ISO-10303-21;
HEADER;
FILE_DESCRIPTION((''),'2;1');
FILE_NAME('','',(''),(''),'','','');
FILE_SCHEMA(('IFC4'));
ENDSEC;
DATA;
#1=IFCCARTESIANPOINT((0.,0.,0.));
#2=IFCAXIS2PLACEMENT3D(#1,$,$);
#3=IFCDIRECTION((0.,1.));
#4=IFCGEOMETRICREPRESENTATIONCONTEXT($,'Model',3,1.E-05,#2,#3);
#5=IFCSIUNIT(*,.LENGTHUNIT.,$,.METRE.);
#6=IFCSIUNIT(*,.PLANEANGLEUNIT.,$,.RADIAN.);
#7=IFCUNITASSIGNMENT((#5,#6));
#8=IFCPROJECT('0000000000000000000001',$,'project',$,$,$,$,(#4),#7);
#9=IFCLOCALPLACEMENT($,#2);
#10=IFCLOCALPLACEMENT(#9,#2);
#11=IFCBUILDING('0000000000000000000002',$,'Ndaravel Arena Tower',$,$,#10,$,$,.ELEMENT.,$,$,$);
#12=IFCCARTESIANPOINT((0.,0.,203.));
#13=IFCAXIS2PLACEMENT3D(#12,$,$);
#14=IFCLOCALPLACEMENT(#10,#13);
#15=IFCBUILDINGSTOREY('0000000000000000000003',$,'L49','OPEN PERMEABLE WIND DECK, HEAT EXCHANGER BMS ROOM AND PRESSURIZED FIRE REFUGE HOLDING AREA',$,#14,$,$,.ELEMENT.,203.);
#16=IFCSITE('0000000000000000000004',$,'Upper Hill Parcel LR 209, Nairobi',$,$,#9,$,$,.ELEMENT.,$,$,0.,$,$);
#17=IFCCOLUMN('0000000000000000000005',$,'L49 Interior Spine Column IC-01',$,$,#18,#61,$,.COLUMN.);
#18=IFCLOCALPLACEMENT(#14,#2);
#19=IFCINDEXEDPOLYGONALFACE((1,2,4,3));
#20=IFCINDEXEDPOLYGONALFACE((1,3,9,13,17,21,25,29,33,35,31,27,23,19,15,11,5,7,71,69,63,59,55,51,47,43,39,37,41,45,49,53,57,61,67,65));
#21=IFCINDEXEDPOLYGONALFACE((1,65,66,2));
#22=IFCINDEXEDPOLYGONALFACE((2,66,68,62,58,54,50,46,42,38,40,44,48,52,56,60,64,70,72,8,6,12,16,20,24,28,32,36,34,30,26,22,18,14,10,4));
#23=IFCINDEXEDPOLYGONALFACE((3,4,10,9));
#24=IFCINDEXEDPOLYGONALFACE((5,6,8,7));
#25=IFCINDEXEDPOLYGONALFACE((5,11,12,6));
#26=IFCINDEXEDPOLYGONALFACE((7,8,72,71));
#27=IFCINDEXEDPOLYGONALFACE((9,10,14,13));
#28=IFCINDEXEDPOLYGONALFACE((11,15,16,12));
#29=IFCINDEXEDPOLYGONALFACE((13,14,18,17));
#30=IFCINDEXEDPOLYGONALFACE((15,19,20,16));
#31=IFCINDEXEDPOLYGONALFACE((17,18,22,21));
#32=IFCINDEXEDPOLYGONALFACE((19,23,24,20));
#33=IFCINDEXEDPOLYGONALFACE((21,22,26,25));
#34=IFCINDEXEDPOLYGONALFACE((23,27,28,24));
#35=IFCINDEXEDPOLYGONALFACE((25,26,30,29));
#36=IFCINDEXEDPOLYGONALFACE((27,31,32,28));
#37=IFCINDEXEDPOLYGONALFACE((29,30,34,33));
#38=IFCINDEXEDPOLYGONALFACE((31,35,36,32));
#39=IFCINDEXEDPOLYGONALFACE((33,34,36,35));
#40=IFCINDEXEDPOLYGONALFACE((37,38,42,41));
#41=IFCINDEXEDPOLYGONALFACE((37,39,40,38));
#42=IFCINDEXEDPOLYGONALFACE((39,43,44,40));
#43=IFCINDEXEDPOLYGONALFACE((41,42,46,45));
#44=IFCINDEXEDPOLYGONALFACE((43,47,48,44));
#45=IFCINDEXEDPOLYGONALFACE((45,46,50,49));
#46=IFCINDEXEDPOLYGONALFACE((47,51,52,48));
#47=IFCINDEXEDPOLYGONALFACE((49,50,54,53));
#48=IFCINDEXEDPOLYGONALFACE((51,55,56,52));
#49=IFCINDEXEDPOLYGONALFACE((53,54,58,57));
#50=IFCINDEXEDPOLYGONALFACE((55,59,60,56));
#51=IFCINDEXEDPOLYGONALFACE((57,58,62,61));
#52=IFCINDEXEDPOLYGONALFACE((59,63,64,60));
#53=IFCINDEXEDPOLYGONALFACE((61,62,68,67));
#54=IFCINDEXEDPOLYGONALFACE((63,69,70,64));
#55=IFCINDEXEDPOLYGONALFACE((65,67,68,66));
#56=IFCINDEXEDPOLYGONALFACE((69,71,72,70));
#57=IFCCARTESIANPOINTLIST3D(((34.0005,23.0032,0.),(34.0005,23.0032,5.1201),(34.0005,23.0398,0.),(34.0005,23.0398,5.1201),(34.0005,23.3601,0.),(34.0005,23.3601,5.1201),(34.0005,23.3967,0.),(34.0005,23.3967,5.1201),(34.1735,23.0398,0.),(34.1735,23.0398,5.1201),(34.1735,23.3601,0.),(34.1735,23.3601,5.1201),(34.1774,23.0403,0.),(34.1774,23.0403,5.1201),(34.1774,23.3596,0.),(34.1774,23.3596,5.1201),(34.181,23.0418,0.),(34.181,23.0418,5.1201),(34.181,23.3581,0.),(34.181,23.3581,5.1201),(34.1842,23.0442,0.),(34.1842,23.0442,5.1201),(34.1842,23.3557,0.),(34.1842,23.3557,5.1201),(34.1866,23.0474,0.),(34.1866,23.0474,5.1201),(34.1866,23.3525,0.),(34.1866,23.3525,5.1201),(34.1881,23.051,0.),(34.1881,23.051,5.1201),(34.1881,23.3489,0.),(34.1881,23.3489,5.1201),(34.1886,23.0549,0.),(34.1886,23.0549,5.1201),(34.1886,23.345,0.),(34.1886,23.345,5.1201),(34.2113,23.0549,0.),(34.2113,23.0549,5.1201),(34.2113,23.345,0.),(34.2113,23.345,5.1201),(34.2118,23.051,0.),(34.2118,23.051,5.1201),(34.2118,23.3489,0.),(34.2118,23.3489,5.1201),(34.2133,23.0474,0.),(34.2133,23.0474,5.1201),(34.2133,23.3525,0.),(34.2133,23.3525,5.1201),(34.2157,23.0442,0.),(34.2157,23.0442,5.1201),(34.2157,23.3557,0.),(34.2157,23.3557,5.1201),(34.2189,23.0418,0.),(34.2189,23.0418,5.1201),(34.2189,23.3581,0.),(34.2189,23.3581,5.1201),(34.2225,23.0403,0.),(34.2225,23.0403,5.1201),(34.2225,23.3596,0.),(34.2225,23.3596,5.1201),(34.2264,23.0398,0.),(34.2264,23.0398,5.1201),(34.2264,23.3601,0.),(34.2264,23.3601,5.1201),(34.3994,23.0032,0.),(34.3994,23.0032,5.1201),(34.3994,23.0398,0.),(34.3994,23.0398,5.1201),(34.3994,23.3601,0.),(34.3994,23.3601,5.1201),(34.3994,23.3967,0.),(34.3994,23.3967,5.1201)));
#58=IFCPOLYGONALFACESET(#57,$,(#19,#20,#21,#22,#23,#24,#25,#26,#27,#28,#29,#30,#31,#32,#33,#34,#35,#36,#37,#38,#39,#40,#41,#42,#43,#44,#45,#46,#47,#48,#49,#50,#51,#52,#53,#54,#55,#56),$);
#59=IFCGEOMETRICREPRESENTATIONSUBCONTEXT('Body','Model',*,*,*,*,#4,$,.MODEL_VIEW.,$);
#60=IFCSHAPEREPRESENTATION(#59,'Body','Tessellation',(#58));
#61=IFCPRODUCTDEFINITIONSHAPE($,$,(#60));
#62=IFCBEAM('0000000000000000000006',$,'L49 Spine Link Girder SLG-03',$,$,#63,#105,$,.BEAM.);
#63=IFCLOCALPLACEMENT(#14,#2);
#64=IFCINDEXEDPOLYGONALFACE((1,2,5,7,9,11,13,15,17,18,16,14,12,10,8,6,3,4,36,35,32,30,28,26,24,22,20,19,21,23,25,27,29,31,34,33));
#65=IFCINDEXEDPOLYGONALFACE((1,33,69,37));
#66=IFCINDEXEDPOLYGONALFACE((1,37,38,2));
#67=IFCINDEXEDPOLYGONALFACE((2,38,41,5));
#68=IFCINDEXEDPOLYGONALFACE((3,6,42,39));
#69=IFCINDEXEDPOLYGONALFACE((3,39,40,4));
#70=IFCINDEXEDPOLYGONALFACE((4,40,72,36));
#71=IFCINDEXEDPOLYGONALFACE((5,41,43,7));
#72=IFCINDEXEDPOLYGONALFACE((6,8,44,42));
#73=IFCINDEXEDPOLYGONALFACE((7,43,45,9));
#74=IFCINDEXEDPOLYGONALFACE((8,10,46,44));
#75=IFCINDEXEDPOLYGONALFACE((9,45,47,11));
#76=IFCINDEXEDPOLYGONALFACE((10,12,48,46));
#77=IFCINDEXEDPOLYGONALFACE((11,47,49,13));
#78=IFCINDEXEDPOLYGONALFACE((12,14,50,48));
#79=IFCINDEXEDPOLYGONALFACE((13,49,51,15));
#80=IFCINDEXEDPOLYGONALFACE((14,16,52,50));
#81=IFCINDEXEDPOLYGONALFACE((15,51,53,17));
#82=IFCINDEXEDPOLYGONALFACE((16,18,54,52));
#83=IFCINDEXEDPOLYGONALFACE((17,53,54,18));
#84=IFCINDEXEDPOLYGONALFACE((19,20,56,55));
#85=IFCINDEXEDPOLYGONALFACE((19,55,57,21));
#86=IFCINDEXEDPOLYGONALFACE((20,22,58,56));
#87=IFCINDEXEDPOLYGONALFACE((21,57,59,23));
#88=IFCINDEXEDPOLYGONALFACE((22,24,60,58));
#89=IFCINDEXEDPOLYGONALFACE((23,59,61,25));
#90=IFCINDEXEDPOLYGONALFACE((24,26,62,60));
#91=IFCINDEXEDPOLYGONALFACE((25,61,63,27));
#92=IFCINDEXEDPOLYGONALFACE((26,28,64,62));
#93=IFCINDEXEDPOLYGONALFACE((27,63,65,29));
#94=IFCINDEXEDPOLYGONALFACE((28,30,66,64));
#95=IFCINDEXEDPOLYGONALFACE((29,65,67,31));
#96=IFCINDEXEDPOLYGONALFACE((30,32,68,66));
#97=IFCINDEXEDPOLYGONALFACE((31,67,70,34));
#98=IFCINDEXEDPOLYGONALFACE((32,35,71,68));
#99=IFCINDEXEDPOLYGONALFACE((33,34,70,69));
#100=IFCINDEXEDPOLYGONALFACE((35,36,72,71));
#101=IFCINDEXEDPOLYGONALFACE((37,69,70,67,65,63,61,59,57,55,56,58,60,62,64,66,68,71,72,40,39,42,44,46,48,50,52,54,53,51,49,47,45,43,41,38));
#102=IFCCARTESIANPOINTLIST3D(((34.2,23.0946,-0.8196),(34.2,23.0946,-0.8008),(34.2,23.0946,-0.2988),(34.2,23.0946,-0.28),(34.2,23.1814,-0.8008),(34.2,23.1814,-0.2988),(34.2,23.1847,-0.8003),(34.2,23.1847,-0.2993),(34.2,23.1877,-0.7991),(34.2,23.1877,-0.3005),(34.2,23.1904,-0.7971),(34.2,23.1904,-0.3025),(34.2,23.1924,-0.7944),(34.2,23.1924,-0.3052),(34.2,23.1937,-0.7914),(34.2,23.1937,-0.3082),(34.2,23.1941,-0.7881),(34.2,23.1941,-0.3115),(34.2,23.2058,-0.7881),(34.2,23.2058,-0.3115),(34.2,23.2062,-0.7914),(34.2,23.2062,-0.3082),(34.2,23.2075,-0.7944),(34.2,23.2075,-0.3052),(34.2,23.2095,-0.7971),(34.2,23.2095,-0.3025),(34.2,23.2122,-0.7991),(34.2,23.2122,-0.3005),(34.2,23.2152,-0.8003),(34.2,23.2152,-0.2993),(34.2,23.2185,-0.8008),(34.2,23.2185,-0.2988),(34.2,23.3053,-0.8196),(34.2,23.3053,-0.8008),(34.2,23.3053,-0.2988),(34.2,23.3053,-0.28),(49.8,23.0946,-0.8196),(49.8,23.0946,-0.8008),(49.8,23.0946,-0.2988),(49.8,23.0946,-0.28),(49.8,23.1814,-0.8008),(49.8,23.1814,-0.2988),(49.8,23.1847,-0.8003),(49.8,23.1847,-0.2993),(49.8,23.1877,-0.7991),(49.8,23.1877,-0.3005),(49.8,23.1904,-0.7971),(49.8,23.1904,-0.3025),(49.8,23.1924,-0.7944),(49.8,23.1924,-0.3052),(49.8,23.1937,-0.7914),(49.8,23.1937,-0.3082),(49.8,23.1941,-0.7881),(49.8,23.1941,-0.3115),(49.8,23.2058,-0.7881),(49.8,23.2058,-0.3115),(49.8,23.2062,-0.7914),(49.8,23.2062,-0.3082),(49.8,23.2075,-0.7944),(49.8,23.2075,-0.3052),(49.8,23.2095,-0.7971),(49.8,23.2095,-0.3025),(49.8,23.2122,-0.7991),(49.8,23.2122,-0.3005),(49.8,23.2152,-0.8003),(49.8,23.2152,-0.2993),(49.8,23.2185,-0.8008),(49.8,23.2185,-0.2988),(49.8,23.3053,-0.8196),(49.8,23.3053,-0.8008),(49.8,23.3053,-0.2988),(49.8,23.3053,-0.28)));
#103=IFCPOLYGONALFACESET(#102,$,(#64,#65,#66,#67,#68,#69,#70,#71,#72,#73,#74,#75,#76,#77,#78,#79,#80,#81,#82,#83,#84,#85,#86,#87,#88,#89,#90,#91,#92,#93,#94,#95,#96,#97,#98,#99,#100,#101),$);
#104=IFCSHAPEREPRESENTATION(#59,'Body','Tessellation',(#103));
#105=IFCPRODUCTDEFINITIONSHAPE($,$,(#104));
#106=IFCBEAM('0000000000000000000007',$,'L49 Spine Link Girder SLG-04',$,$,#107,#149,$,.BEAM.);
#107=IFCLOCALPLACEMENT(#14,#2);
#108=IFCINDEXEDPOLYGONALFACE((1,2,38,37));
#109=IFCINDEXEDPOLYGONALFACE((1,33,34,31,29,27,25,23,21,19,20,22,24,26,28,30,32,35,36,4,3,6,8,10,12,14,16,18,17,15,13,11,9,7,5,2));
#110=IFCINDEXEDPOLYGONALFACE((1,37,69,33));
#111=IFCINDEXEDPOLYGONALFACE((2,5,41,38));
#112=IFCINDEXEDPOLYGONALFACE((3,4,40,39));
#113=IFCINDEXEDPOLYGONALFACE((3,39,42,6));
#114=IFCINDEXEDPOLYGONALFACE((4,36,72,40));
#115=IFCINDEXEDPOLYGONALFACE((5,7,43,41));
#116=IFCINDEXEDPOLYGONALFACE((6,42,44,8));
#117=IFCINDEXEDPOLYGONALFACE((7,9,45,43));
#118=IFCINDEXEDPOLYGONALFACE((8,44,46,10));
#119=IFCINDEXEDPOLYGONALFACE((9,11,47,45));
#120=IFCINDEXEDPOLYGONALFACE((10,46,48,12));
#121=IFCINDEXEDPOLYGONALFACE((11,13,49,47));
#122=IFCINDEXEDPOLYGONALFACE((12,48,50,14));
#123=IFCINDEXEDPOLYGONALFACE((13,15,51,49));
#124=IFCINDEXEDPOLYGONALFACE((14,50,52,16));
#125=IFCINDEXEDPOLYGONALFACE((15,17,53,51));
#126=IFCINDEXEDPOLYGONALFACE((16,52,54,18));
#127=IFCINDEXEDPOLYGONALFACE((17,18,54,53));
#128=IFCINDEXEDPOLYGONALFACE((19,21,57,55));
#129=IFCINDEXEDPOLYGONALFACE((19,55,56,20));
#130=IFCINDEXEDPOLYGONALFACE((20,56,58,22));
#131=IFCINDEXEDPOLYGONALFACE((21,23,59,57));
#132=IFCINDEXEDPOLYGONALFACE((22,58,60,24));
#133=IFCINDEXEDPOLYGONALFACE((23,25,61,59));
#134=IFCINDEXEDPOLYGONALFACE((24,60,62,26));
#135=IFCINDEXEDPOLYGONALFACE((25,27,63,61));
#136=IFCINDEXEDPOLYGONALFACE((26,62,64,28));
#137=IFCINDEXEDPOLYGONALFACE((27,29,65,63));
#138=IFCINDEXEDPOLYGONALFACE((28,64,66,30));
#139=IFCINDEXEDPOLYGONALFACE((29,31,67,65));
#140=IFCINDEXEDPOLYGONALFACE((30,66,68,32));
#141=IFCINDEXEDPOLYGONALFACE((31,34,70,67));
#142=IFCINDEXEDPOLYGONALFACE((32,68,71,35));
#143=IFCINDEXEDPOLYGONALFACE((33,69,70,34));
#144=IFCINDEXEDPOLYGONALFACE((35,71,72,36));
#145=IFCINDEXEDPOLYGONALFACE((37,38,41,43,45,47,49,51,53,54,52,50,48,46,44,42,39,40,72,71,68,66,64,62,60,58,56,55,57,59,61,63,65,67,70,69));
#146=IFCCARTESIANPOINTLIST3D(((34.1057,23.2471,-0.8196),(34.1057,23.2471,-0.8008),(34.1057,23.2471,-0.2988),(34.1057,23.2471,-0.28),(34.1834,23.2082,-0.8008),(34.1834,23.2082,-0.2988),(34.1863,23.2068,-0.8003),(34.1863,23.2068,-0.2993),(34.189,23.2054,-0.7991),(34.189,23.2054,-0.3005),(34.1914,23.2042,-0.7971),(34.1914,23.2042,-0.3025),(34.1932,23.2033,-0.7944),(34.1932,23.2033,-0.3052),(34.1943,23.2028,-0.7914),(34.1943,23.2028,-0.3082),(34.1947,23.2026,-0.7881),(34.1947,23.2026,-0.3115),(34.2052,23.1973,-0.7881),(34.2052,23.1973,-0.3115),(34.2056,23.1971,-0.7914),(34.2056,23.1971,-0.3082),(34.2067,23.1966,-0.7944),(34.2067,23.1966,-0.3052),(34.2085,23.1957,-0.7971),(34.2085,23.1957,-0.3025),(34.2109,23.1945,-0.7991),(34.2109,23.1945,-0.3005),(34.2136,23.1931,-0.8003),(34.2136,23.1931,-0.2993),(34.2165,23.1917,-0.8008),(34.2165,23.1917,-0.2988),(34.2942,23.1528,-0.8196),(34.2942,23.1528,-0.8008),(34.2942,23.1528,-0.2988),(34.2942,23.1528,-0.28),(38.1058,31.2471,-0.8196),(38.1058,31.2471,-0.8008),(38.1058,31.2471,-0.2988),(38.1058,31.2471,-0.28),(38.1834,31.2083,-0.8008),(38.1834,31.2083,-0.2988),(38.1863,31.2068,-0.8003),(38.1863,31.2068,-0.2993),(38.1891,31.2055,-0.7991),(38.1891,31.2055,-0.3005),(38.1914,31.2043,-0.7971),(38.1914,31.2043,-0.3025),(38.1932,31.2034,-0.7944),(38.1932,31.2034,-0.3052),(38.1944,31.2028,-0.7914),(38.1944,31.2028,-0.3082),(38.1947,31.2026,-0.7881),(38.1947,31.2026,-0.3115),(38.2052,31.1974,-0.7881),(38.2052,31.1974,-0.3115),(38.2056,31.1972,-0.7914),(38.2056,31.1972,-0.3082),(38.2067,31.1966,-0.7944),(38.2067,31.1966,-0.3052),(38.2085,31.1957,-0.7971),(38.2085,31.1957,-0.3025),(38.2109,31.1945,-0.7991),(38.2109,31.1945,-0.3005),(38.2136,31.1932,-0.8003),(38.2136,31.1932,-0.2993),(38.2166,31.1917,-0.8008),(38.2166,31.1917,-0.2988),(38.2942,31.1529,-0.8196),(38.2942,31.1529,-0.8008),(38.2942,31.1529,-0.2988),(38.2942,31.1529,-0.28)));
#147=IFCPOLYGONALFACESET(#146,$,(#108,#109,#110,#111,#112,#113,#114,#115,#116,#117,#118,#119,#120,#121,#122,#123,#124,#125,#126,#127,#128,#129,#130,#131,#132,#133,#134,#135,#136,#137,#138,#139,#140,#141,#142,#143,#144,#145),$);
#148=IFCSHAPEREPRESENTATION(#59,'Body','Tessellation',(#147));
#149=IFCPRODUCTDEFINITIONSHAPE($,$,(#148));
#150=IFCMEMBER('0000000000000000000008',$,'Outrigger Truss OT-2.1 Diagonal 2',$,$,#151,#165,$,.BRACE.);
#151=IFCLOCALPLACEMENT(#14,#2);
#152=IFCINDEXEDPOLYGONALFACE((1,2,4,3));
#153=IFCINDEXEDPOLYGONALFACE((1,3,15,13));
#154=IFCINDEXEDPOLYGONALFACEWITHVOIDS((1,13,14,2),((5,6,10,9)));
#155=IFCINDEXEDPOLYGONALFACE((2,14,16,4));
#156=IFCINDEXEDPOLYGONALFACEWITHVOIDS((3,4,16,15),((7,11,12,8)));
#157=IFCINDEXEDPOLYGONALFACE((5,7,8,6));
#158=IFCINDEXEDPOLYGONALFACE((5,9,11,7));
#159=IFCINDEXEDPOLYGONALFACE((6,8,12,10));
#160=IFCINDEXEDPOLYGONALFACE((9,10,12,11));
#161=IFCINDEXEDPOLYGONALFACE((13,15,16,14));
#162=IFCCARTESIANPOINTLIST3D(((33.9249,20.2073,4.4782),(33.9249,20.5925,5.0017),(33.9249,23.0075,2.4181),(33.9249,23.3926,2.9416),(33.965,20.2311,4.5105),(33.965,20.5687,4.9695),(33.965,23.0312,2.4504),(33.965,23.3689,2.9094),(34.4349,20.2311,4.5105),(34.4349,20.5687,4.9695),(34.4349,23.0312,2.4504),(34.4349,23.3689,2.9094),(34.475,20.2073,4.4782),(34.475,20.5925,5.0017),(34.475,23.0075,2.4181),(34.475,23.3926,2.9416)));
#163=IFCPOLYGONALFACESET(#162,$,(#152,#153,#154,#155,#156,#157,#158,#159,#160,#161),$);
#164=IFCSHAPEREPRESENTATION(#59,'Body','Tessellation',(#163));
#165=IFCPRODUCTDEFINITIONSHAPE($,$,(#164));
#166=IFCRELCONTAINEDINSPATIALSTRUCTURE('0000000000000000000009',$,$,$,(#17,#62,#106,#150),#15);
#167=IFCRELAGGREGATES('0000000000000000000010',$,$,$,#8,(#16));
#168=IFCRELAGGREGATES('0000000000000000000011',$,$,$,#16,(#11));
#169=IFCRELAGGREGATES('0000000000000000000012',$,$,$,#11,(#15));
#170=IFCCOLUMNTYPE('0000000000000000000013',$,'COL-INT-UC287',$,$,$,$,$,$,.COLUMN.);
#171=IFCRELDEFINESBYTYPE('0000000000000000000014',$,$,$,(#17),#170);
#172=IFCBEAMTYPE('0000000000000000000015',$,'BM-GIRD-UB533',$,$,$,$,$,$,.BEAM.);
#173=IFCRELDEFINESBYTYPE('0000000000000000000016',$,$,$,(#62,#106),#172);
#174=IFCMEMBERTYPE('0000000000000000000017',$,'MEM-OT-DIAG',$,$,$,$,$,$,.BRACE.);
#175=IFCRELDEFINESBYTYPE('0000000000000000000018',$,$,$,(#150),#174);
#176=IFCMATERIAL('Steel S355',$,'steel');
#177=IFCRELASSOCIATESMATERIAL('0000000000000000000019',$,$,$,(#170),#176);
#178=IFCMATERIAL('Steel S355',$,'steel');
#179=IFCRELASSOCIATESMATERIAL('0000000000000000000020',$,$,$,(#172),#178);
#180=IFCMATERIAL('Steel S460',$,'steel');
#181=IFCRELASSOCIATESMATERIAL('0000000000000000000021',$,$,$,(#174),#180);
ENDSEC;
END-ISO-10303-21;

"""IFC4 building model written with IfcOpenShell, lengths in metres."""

from ifc_helpers import new_model, si_unit, direction, frame, origin, origin_2d, place, context, subcontext, project, spatial, hollow_rectangle, i_section, extrude, material, material_profile, profile_set, type_object, element, save


model = new_model("IFC4")

# Units and contexts
model_context = context("Model", 3, precision=1e-05, world=origin(), true_north=direction((0.0, 1.0)))
body_context = subcontext(model_context, "Body", "Model", "MODEL_VIEW")
ifc_project = project(units=[si_unit("LENGTHUNIT", "METRE"), si_unit("PLANEANGLEUNIT", "RADIAN")], contexts=[model_context])

# Site, building, storey
site_placement = place(None, origin())
site = spatial("IfcSite", under=ifc_project, at=site_placement, Name="Upper Hill Parcel LR 209, Nairobi", CompositionType="ELEMENT", RefElevation=0.0)
building_placement = place(site_placement, origin())
building = spatial("IfcBuilding", under=site, at=building_placement, Name="Ndaravel Arena Tower", CompositionType="ELEMENT")
storey_placement = place(building_placement, frame((0.0, 0.0, 203.0)))
storey = spatial("IfcBuildingStorey", under=building, at=storey_placement, Name="L49", Description="OPEN PERMEABLE WIND DECK, HEAT EXCHANGER BMS ROOM AND PRESSURIZED FIRE REFUGE HOLDING AREA", CompositionType="ELEMENT", Elevation=203.0)

# Column
ifc_material_1 = material(Name="Steel S355", Category="steel")
ifc_material_profile_1 = material_profile(ifc_material_1, i_section(OverallWidth=0.3989, OverallDepth=0.3936, WebThickness=0.0227, FlangeThickness=0.0366, FilletRadius=0.0151, at=origin_2d()), Name="UC 356x406x287")
ifc_profile_set_1 = profile_set([ifc_material_profile_1], Name="Steel S355")
column_type = type_object("IfcColumnType", Name="COL-INT-UC287", PredefinedType="COLUMN", material=ifc_profile_set_1)
column_placement = place(storey_placement, frame((34.2, 23.2, 0.0), z_axis=(0.0, 0.0, 1.0), x_axis=(1.0, 0.0, 0.0)))
element("IfcColumn", 1, at=column_placement, inside=storey, type_object=column_type, Name="L49 Interior Spine Column IC-01", PredefinedType="COLUMN", context=body_context, shape_type="SweptSolid", body=[
    extrude(i_section(OverallWidth=0.3989, OverallDepth=0.3936, WebThickness=0.0227, FlangeThickness=0.0366, FilletRadius=0.0151, at=origin_2d()), origin(), (0.0, 0.0, 1.0), 5.1201),
])

# Beams
ifc_material_2 = material(Name="Steel S355", Category="steel")
ifc_material_profile_2 = material_profile(ifc_material_2, i_section(OverallWidth=0.2107, OverallDepth=0.5396, WebThickness=0.0117, FlangeThickness=0.0188, FilletRadius=0.0127, at=origin_2d()), Name="UB 533x210x109")
ifc_profile_set_2 = profile_set([ifc_material_profile_2], Name="Steel S355")
beam_type = type_object("IfcBeamType", Name="BM-GIRD-UB533", PredefinedType="BEAM", material=ifc_profile_set_2)
beam_1_placement = place(storey_placement, frame((34.2, 23.2, -0.5498), z_axis=(1.0, 0.0, 0.0), x_axis=(0.0, 1.0, 0.0)))
element("IfcBeam", 2, at=beam_1_placement, inside=storey, type_object=beam_type, Name="L49 Spine Link Girder SLG-03", PredefinedType="BEAM", context=body_context, shape_type="SweptSolid", body=[
    extrude(i_section(OverallWidth=0.2107, OverallDepth=0.5396, WebThickness=0.0117, FlangeThickness=0.0188, FilletRadius=0.0127, at=origin_2d()), origin(), (0.0, 0.0, 1.0), 15.6001),
])
beam_2_placement = place(storey_placement, frame((34.2, 23.2, -0.5498), z_axis=(0.447214, 0.894427, 0.0), x_axis=(-0.894427, 0.447214, 0.0)))
element("IfcBeam", 3, at=beam_2_placement, inside=storey, type_object=beam_type, Name="L49 Spine Link Girder SLG-04", PredefinedType="BEAM", context=body_context, shape_type="SweptSolid", body=[
    extrude(i_section(OverallWidth=0.2107, OverallDepth=0.5396, WebThickness=0.0117, FlangeThickness=0.0188, FilletRadius=0.0127, at=origin_2d()), origin(), (0.0, 0.0, 1.0), 8.9443),
])

# Member
ifc_material_3 = material(Name="Steel S460", Category="steel")
ifc_material_profile_3 = material_profile(ifc_material_3, hollow_rectangle(XDim=0.55, YDim=0.6499, WallThickness=0.04, at=origin_2d()), Name="BOX 650x550x40")
ifc_profile_set_3 = profile_set([ifc_material_profile_3], Name="Steel S460")
member_type_1 = type_object("IfcMemberType", Name="MEM-OT-DIAG", PredefinedType="BRACE", material=ifc_profile_set_3)
member_1_placement = place(storey_placement, frame((34.2, 20.3999, 4.74), z_axis=(0.0, 0.805486, -0.592614), x_axis=(-1.0, 0.0, 0.0)))
element("IfcMember", 4, at=member_1_placement, inside=storey, type_object=member_type_1, Name="Outrigger Truss OT-2.1 Diagonal 2", PredefinedType="BRACE", context=body_context, shape_type="SweptSolid", body=[
    extrude(hollow_rectangle(XDim=0.55, YDim=0.6499, WallThickness=0.04, at=origin_2d()), origin(), (0.0, 0.0, 1.0), 3.4763),
])

save(model, "model.ifc")
